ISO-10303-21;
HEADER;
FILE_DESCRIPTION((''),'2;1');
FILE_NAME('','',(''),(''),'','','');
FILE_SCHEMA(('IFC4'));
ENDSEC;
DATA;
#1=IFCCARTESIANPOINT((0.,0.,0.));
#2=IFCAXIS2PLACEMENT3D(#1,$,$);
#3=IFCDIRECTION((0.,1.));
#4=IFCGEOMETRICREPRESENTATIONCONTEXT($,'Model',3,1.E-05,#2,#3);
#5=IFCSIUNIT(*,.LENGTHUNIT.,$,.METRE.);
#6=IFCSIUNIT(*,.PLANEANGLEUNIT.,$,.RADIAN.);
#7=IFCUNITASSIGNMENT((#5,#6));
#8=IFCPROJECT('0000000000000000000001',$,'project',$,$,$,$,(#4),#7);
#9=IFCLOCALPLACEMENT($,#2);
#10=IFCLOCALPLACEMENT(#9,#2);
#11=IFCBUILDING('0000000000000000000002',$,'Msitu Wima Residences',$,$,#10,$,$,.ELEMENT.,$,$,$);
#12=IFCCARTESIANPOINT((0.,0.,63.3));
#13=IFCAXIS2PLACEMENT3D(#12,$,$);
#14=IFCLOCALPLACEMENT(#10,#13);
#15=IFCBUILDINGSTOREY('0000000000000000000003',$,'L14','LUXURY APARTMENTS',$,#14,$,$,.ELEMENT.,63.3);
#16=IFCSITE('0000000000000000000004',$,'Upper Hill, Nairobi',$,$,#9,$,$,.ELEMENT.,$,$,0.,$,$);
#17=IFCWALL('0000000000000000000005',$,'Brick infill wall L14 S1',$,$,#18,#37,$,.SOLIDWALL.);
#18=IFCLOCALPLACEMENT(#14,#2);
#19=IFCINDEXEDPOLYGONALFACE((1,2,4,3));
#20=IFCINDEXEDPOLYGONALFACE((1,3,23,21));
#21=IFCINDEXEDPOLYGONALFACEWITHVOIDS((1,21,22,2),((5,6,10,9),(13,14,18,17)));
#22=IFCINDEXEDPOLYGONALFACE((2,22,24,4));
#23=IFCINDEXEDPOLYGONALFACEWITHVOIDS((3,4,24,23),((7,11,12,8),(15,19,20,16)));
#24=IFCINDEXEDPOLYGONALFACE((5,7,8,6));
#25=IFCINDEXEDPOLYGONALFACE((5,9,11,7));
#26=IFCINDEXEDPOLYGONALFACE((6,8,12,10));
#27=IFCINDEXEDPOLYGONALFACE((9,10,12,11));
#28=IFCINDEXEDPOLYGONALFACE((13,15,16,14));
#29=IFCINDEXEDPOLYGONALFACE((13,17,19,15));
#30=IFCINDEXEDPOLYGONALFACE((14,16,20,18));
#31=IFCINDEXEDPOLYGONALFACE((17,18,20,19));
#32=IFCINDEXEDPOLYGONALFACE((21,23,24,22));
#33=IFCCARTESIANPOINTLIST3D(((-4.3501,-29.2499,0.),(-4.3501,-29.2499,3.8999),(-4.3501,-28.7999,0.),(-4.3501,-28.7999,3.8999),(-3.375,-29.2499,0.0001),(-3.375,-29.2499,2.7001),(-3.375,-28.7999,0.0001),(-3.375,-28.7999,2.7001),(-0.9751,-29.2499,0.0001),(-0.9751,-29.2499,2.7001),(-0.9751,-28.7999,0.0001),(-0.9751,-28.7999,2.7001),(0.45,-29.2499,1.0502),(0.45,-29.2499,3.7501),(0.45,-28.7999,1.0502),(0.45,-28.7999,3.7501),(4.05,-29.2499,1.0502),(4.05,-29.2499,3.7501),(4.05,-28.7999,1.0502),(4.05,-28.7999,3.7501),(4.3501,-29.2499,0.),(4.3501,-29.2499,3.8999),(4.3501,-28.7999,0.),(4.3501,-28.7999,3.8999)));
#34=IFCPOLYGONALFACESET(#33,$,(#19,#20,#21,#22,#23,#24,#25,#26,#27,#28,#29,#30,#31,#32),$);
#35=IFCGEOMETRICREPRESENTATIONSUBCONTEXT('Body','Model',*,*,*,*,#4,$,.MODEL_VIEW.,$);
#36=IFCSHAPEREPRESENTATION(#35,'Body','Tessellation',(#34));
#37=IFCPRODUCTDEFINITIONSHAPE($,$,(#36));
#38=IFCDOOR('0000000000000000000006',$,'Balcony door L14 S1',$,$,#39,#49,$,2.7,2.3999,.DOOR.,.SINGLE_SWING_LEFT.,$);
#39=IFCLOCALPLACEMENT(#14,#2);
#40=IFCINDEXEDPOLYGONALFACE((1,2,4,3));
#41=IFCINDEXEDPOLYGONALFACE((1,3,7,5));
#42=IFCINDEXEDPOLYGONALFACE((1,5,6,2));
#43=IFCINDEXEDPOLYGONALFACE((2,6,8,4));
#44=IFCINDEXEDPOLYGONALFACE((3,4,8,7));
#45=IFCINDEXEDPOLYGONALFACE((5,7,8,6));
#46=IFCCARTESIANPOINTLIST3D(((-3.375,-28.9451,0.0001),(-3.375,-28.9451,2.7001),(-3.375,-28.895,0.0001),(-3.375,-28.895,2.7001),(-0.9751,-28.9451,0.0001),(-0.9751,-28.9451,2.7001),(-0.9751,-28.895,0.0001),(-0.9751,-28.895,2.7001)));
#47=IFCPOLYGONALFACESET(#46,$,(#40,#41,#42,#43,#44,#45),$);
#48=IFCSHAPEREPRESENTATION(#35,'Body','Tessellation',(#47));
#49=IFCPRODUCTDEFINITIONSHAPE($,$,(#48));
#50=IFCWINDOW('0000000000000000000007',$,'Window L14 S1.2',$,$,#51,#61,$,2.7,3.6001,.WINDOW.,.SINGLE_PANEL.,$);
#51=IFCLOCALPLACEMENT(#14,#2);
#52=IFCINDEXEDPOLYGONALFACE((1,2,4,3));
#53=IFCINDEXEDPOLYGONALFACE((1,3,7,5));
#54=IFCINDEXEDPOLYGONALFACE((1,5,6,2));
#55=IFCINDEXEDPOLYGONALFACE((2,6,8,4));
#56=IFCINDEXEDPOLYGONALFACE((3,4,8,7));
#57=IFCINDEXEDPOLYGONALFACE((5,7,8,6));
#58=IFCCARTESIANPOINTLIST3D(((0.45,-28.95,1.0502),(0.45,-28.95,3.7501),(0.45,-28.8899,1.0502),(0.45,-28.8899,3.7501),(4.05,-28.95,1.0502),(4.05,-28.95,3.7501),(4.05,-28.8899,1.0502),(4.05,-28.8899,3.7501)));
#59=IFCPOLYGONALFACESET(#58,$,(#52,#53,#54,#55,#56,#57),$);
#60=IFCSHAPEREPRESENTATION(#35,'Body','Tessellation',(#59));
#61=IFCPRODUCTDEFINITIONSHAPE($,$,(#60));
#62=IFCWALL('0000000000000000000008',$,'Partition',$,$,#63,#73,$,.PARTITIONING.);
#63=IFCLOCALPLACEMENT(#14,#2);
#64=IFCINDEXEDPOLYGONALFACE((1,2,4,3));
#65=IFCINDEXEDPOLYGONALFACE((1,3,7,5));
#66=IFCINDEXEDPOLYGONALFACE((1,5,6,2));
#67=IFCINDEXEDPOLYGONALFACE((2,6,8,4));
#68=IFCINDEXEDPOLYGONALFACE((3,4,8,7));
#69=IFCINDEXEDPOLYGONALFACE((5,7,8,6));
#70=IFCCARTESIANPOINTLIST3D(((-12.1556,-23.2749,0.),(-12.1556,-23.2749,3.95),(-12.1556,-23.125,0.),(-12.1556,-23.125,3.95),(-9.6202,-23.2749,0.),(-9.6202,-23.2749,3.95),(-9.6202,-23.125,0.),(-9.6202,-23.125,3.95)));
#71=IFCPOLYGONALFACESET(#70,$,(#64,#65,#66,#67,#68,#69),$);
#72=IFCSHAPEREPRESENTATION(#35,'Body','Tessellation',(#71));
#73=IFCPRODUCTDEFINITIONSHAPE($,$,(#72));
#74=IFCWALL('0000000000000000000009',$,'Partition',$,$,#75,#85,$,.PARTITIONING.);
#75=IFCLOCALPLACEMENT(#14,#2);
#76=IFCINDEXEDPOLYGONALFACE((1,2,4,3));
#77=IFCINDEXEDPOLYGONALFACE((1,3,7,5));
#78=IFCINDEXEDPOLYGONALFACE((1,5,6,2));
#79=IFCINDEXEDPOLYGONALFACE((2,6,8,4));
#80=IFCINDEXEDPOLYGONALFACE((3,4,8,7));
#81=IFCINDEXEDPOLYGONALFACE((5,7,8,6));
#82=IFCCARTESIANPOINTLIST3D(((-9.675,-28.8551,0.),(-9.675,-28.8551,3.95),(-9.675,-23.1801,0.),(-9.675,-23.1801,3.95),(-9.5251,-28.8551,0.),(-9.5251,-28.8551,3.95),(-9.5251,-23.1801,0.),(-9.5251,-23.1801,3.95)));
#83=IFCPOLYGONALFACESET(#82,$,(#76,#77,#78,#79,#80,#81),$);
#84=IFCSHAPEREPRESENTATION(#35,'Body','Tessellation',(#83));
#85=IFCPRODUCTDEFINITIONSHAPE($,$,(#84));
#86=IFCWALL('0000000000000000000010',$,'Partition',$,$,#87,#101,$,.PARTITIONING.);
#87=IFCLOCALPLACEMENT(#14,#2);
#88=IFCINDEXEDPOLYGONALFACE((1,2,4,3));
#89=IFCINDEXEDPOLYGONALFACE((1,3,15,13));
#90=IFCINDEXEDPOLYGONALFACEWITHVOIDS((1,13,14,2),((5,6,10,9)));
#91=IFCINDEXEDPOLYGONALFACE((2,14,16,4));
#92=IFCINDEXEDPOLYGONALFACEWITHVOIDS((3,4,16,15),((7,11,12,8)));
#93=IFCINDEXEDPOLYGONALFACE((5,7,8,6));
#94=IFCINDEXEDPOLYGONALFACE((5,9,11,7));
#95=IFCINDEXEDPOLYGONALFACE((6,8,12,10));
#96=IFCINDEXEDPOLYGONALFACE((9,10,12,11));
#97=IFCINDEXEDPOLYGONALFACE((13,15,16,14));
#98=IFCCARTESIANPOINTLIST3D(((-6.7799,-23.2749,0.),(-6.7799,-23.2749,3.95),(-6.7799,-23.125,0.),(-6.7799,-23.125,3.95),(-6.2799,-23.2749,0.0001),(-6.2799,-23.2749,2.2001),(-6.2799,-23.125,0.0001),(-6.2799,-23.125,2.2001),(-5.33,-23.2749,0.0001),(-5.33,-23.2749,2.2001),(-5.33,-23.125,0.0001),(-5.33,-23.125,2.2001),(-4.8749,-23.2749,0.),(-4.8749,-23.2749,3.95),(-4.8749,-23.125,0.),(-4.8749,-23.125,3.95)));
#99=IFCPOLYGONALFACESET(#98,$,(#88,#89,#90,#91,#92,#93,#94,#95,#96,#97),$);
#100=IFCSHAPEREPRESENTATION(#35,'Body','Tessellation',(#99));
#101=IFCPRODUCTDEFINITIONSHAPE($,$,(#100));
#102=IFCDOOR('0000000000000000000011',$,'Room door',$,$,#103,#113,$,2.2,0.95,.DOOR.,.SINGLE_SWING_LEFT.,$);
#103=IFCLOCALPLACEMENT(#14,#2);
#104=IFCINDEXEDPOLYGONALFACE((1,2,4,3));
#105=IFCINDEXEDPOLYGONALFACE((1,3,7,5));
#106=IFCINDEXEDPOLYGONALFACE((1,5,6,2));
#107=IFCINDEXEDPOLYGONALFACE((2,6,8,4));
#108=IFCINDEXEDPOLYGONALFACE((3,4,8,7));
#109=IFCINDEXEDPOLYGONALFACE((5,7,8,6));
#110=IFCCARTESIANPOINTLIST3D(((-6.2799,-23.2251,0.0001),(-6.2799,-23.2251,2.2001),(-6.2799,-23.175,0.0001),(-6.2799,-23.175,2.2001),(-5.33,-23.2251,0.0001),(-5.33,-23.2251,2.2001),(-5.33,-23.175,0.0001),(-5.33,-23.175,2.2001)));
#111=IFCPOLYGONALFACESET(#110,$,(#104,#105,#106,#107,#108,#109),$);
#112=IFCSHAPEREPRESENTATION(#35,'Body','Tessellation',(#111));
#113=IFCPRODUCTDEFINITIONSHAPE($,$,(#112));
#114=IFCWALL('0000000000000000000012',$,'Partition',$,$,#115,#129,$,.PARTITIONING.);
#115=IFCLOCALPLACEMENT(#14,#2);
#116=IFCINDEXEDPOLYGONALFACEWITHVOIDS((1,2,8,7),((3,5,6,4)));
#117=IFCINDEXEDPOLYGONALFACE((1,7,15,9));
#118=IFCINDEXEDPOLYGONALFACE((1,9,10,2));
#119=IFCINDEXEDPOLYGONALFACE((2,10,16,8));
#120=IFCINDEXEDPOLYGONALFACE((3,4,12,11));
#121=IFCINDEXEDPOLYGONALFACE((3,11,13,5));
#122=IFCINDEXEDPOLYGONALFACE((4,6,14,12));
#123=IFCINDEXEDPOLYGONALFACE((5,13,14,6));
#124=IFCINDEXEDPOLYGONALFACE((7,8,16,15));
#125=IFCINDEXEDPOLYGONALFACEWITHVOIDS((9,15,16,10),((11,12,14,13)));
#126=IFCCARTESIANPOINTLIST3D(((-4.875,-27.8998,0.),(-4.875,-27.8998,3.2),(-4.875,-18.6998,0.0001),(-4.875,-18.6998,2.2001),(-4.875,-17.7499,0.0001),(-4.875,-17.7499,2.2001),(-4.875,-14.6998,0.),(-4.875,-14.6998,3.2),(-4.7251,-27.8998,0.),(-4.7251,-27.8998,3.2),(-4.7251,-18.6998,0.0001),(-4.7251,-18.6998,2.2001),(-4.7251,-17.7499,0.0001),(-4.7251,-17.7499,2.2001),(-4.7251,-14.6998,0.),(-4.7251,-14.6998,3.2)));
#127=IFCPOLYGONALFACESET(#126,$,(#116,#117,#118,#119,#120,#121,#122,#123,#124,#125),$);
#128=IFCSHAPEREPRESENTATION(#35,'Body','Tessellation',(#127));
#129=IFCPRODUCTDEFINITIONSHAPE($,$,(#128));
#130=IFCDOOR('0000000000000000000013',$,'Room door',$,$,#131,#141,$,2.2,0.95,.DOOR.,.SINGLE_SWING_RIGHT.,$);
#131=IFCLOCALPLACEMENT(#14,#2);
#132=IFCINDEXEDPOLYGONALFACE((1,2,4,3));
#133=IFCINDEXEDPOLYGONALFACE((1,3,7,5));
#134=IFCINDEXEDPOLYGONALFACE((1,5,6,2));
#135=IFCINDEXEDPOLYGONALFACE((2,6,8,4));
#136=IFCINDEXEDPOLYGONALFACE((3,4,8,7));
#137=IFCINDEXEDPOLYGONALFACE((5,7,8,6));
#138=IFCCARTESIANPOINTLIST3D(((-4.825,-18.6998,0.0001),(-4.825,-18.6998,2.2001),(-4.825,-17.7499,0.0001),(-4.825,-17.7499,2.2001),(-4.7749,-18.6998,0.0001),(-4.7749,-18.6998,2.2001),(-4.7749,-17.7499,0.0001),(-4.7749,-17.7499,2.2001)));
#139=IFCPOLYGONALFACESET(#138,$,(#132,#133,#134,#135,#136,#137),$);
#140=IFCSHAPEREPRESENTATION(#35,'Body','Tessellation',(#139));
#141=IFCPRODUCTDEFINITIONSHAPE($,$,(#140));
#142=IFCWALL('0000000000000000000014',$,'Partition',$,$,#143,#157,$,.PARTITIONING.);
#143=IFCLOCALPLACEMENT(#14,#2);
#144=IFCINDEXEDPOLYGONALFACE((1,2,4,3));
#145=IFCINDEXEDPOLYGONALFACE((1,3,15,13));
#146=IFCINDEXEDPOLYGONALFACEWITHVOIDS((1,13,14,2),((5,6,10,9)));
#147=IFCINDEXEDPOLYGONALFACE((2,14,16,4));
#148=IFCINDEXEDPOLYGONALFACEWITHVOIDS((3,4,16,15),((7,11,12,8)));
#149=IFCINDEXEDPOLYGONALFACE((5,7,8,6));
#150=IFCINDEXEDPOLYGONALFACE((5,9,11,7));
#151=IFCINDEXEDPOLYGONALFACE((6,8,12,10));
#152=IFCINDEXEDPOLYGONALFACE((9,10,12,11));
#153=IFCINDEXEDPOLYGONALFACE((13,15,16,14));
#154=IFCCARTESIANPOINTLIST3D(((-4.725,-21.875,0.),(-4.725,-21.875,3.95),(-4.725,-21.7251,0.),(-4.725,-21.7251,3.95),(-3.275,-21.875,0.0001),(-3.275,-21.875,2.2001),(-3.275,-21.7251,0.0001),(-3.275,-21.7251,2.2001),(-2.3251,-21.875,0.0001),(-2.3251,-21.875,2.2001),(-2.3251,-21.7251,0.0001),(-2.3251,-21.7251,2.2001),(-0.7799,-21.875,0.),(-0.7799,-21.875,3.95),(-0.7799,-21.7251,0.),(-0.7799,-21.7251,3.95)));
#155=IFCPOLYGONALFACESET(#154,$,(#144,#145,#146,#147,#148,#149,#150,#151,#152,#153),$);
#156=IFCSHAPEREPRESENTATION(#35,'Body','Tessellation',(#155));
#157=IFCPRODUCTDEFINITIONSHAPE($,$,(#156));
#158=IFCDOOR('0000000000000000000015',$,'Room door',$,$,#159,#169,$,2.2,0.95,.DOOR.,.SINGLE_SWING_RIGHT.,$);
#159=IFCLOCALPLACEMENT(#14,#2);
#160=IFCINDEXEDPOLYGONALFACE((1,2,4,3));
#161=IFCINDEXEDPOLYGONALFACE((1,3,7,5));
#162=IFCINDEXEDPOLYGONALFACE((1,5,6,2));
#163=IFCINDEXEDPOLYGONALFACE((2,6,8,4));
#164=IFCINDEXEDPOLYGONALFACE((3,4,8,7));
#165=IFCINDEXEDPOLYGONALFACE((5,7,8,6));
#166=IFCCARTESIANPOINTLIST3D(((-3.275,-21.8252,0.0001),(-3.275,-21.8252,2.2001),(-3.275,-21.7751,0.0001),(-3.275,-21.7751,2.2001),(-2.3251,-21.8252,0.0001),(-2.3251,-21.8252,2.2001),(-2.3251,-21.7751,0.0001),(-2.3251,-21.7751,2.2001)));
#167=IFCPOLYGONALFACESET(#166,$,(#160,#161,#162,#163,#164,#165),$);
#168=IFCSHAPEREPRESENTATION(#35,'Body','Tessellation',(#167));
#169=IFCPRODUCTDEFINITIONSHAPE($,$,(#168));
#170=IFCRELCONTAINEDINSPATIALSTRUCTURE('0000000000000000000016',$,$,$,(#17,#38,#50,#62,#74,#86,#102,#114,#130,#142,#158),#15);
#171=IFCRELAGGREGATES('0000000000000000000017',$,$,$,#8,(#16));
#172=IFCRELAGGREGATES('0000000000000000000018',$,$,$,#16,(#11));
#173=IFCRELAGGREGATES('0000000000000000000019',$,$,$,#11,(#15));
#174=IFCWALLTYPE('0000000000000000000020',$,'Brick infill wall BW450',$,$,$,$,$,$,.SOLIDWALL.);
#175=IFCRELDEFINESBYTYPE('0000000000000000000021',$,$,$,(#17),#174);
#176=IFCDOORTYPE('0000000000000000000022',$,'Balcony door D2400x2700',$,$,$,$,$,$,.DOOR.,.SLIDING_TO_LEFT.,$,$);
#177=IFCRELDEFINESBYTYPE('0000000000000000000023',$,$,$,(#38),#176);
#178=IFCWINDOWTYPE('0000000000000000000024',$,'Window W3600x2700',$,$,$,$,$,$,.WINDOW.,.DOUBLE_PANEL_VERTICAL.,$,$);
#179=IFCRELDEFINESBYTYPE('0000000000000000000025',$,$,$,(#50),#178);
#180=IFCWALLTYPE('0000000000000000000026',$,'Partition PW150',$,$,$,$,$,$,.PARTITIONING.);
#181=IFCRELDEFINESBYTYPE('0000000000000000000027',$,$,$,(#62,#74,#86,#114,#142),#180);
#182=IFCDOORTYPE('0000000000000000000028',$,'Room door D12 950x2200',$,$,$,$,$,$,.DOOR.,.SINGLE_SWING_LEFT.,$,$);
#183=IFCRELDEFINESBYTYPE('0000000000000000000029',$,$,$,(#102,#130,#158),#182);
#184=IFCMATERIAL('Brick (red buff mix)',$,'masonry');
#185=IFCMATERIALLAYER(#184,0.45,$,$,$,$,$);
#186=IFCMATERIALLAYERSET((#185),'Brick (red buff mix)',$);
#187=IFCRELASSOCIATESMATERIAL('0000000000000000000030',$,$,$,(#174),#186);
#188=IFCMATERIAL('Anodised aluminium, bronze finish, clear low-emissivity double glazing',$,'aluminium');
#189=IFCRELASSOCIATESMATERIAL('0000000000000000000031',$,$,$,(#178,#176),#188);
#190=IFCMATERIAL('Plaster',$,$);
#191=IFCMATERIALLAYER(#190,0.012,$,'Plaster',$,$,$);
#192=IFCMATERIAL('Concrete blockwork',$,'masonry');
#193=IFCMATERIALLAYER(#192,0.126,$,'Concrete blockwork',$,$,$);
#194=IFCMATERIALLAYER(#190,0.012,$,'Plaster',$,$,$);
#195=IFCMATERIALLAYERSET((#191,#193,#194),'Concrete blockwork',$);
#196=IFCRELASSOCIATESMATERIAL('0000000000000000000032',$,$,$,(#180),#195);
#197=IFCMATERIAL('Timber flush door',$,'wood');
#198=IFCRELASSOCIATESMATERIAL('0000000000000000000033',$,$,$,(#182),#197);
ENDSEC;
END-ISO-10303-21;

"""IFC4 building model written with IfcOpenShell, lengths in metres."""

from ifc_helpers import new_model, si_unit, direction, frame, frame_2d, origin, place, context, subcontext, project, spatial, rectangle, extrude, material, layer, layer_set, type_object, element, fill, save


model = new_model("IFC4")

# Units and contexts
model_context = context("Model", 3, precision=1e-05, world=origin(), true_north=direction((0.0, 1.0)))
body_context = subcontext(model_context, "Body", "Model", "MODEL_VIEW")
ifc_project = project(units=[si_unit("LENGTHUNIT", "METRE"), si_unit("PLANEANGLEUNIT", "RADIAN")], contexts=[model_context])

# Site, building, storey
site_placement = place(None, origin())
site = spatial("IfcSite", under=ifc_project, at=site_placement, Name="Upper Hill, Nairobi", CompositionType="ELEMENT", RefElevation=0.0)
building_placement = place(site_placement, origin())
building = spatial("IfcBuilding", under=site, at=building_placement, Name="Msitu Wima Residences", CompositionType="ELEMENT")
storey_placement = place(building_placement, frame((0.0, 0.0, 63.3)))
storey = spatial("IfcBuildingStorey", under=building, at=storey_placement, Name="L14", Description="LUXURY APARTMENTS", CompositionType="ELEMENT", Elevation=63.3)

# Shared definitions
ifc_material_1 = material(Name="Brick (red buff mix)", Category="masonry")
ifc_layer_1 = layer(ifc_material_1, 0.45)
ifc_layer_set_1 = layer_set([ifc_layer_1], Name="Brick (red buff mix)")
wall_type_1 = type_object("IfcWallType", Name="Brick infill wall BW450", PredefinedType="SOLIDWALL", material=ifc_layer_set_1)
ifc_material_2 = material(Name="Anodised aluminium, bronze finish, clear low-emissivity double glazing", Category="aluminium")
window_type = type_object("IfcWindowType", Name="Window W3600x2700", PartitioningType="DOUBLE_PANEL_VERTICAL", PredefinedType="WINDOW", material=ifc_material_2)

# Wall, openings, door, window
wall_1_placement = place(storey_placement, frame((-4.3501, -29.0249, 0.0), z_axis=(0.0, 0.0, 1.0), x_axis=(1.0, 0.0, 0.0)))
wall_1 = element("IfcWall", 1, at=wall_1_placement, inside=storey, type_object=wall_type_1, Name="Brick infill wall L14 S1", PredefinedType="SOLIDWALL", context=body_context, shape_type="SweptSolid", body=[
    extrude(rectangle(XDim=8.7002, YDim=0.45, at=frame_2d((4.3501, 0.0))), origin(), (0.0, 0.0, 1.0), 3.8999),
])
opening_1_placement = place(wall_1_placement, frame((0.9751, 0.0, 0.0)))
opening_1 = element("IfcOpeningElement", 2, at=opening_1_placement, cuts=wall_1, PredefinedType="OPENING", context=body_context, shape_type="SweptSolid", body=[
    extrude(rectangle(XDim=2.3999, YDim=2.7, at=frame_2d((1.2, 1.3501))), frame((0.0, 0.2349, 0.0), z_axis=(0.0, -1.0, 0.0), x_axis=(1.0, 0.0, 0.0)), (0.0, 0.0, 1.0), 0.47),
])
opening_2_placement = place(wall_1_placement, frame((4.8, 0.0, 1.05)))
opening_2 = element("IfcOpeningElement", 3, at=opening_2_placement, cuts=wall_1, PredefinedType="OPENING", context=body_context, shape_type="SweptSolid", body=[
    extrude(rectangle(XDim=3.6001, YDim=2.7, at=frame_2d((1.8, 1.3501))), frame((0.0, 0.2349, 0.0), z_axis=(0.0, -1.0, 0.0), x_axis=(1.0, 0.0, 0.0)), (0.0, 0.0, 1.0), 0.47),
])
door_type_1 = type_object("IfcDoorType", Name="Balcony door D2400x2700", OperationType="SLIDING_TO_LEFT", PredefinedType="DOOR", material=ifc_material_2)
door_1_placement = place(opening_1_placement, origin())
door_1 = element("IfcDoor", 4, at=door_1_placement, inside=storey, type_object=door_type_1, Name="Balcony door L14 S1", OperationType="SINGLE_SWING_LEFT", OverallHeight=2.7, OverallWidth=2.3999, PredefinedType="DOOR", context=body_context, shape_type="SweptSolid", body=[
    extrude(rectangle(XDim=2.3999, YDim=2.7, at=frame_2d((1.2, 1.3501))), frame((0.0, 0.1299, 0.0), z_axis=(0.0, -1.0, 0.0), x_axis=(1.0, 0.0, 0.0)), (0.0, 0.0, 1.0), 0.05),
])
fill(opening_1, door_1)
window_1_placement = place(opening_2_placement, origin())
window_1 = element("IfcWindow", 5, at=window_1_placement, inside=storey, type_object=window_type, Name="Window L14 S1.2", OverallHeight=2.7, OverallWidth=3.6001, PartitioningType="SINGLE_PANEL", PredefinedType="WINDOW", context=body_context, shape_type="SweptSolid", body=[
    extrude(rectangle(XDim=3.6001, YDim=2.7, at=frame_2d((1.8, 1.3501))), frame((0.0, 0.135, 0.0), z_axis=(0.0, -1.0, 0.0), x_axis=(1.0, 0.0, 0.0)), (0.0, 0.0, 1.0), 0.0601),
])
fill(opening_2, window_1)

# Walls
ifc_material_3 = material(Name="Plaster")
ifc_layer_2 = layer(ifc_material_3, 0.012, Name="Plaster")
ifc_material_4 = material(Name="Concrete blockwork", Category="masonry")
ifc_layer_3 = layer(ifc_material_4, 0.126, Name="Concrete blockwork")
ifc_layer_4 = layer(ifc_material_3, 0.012, Name="Plaster")
ifc_layer_set_2 = layer_set([ifc_layer_2, ifc_layer_3, ifc_layer_4], Name="Concrete blockwork")
wall_type_2 = type_object("IfcWallType", Name="Partition PW150", PredefinedType="PARTITIONING", material=ifc_layer_set_2)
wall_2_placement = place(storey_placement, frame((-12.1555, -23.2, 0.0), z_axis=(0.0, 0.0, 1.0), x_axis=(1.0, 0.0, 0.0)))
element("IfcWall", 6, at=wall_2_placement, inside=storey, type_object=wall_type_2, Name="Partition", PredefinedType="PARTITIONING", context=body_context, shape_type="SweptSolid", body=[
    extrude(rectangle(XDim=2.5354, YDim=0.1499, at=frame_2d((1.2676, 0.0))), origin(), (0.0, 0.0, 1.0), 3.95),
])
wall_3_placement = place(storey_placement, frame((-9.6001, -28.855, 0.0), z_axis=(0.0, 0.0, 1.0), x_axis=(0.0, 1.0, 0.0)))
element("IfcWall", 7, at=wall_3_placement, inside=storey, type_object=wall_type_2, Name="Partition", PredefinedType="PARTITIONING", context=body_context, shape_type="SweptSolid", body=[
    extrude(rectangle(XDim=5.675, YDim=0.1499, at=frame_2d((2.8374, 0.0))), origin(), (0.0, 0.0, 1.0), 3.95),
])

# Walls, openings, doors
wall_4_placement = place(storey_placement, frame((-6.78, -23.2, 0.0), z_axis=(0.0, 0.0, 1.0), x_axis=(1.0, 0.0, 0.0)))
wall_4 = element("IfcWall", 8, at=wall_4_placement, inside=storey, type_object=wall_type_2, Name="Partition", PredefinedType="PARTITIONING", context=body_context, shape_type="SweptSolid", body=[
    extrude(rectangle(XDim=1.905, YDim=0.1499, at=frame_2d((0.9526, 0.0))), origin(), (0.0, 0.0, 1.0), 3.95),
])
opening_3_placement = place(wall_4_placement, frame((0.5, 0.0, 0.0)))
opening_3 = element("IfcOpeningElement", 9, at=opening_3_placement, cuts=wall_4, PredefinedType="OPENING", context=body_context, shape_type="SweptSolid", body=[
    extrude(rectangle(XDim=0.95, YDim=2.2, at=frame_2d((0.4751, 1.1001))), frame((0.0, 0.085, 0.0), z_axis=(0.0, -1.0, 0.0), x_axis=(1.0, 0.0, 0.0)), (0.0, 0.0, 1.0), 0.1699),
])
ifc_material_5 = material(Name="Timber flush door", Category="wood")
door_type_2 = type_object("IfcDoorType", Name="Room door D12 950x2200", OperationType="SINGLE_SWING_LEFT", PredefinedType="DOOR", material=ifc_material_5)
door_2_placement = place(opening_3_placement, origin())
door_2 = element("IfcDoor", 10, at=door_2_placement, inside=storey, type_object=door_type_2, Name="Room door", OperationType="SINGLE_SWING_LEFT", OverallHeight=2.2, OverallWidth=0.95, PredefinedType="DOOR", context=body_context, shape_type="SweptSolid", body=[
    extrude(rectangle(XDim=0.95, YDim=2.2, at=frame_2d((0.4751, 1.1001))), frame((0.0, 0.0249, 0.0), z_axis=(0.0, -1.0, 0.0), x_axis=(1.0, 0.0, 0.0)), (0.0, 0.0, 1.0), 0.05),
])
fill(opening_3, door_2)
wall_5_placement = place(storey_placement, frame((-4.8, -27.8999, 0.0), z_axis=(0.0, 0.0, 1.0), x_axis=(0.0, 1.0, 0.0)))
wall_5 = element("IfcWall", 11, at=wall_5_placement, inside=storey, type_object=wall_type_2, Name="Partition", PredefinedType="PARTITIONING", context=body_context, shape_type="SweptSolid", body=[
    extrude(rectangle(XDim=13.2, YDim=0.1499, at=frame_2d((6.6001, 0.0))), origin(), (0.0, 0.0, 1.0), 3.2),
])
opening_4_placement = place(wall_5_placement, frame((9.2, 0.0, 0.0)))
opening_4 = element("IfcOpeningElement", 12, at=opening_4_placement, cuts=wall_5, PredefinedType="OPENING", context=body_context, shape_type="SweptSolid", body=[
    extrude(rectangle(XDim=0.95, YDim=2.2, at=frame_2d((0.4751, 1.1001))), frame((0.0, 0.085, 0.0), z_axis=(0.0, -1.0, 0.0), x_axis=(1.0, 0.0, 0.0)), (0.0, 0.0, 1.0), 0.1699),
])
door_3_placement = place(opening_4_placement, origin())
door_3 = element("IfcDoor", 13, at=door_3_placement, inside=storey, type_object=door_type_2, Name="Room door", OperationType="SINGLE_SWING_RIGHT", OverallHeight=2.2, OverallWidth=0.95, PredefinedType="DOOR", context=body_context, shape_type="SweptSolid", body=[
    extrude(rectangle(XDim=0.95, YDim=2.2, at=frame_2d((0.4751, 1.1001))), frame((0.0, 0.0249, 0.0), z_axis=(0.0, -1.0, 0.0), x_axis=(1.0, 0.0, 0.0)), (0.0, 0.0, 1.0), 0.05),
])
fill(opening_4, door_3)
wall_6_placement = place(storey_placement, frame((-4.7251, -21.8, 0.0), z_axis=(0.0, 0.0, 1.0), x_axis=(1.0, 0.0, 0.0)))
wall_6 = element("IfcWall", 14, at=wall_6_placement, inside=storey, type_object=wall_type_2, Name="Partition", PredefinedType="PARTITIONING", context=body_context, shape_type="SweptSolid", body=[
    extrude(rectangle(XDim=3.9451, YDim=0.1499, at=frame_2d((1.9727, 0.0))), origin(), (0.0, 0.0, 1.0), 3.95),
])
opening_5_placement = place(wall_6_placement, frame((1.45, 0.0, 0.0)))
opening_5 = element("IfcOpeningElement", 15, at=opening_5_placement, cuts=wall_6, PredefinedType="OPENING", context=body_context, shape_type="SweptSolid", body=[
    extrude(rectangle(XDim=0.95, YDim=2.2, at=frame_2d((0.4751, 1.1001))), frame((0.0, 0.085, 0.0), z_axis=(0.0, -1.0, 0.0), x_axis=(1.0, 0.0, 0.0)), (0.0, 0.0, 1.0), 0.1699),
])
door_4_placement = place(opening_5_placement, origin())
door_4 = element("IfcDoor", 16, at=door_4_placement, inside=storey, type_object=door_type_2, Name="Room door", OperationType="SINGLE_SWING_RIGHT", OverallHeight=2.2, OverallWidth=0.95, PredefinedType="DOOR", context=body_context, shape_type="SweptSolid", body=[
    extrude(rectangle(XDim=0.95, YDim=2.2, at=frame_2d((0.4751, 1.1001))), frame((0.0, 0.0249, 0.0), z_axis=(0.0, -1.0, 0.0), x_axis=(1.0, 0.0, 0.0)), (0.0, 0.0, 1.0), 0.05),
])
fill(opening_5, door_4)

save(model, "model.ifc")
